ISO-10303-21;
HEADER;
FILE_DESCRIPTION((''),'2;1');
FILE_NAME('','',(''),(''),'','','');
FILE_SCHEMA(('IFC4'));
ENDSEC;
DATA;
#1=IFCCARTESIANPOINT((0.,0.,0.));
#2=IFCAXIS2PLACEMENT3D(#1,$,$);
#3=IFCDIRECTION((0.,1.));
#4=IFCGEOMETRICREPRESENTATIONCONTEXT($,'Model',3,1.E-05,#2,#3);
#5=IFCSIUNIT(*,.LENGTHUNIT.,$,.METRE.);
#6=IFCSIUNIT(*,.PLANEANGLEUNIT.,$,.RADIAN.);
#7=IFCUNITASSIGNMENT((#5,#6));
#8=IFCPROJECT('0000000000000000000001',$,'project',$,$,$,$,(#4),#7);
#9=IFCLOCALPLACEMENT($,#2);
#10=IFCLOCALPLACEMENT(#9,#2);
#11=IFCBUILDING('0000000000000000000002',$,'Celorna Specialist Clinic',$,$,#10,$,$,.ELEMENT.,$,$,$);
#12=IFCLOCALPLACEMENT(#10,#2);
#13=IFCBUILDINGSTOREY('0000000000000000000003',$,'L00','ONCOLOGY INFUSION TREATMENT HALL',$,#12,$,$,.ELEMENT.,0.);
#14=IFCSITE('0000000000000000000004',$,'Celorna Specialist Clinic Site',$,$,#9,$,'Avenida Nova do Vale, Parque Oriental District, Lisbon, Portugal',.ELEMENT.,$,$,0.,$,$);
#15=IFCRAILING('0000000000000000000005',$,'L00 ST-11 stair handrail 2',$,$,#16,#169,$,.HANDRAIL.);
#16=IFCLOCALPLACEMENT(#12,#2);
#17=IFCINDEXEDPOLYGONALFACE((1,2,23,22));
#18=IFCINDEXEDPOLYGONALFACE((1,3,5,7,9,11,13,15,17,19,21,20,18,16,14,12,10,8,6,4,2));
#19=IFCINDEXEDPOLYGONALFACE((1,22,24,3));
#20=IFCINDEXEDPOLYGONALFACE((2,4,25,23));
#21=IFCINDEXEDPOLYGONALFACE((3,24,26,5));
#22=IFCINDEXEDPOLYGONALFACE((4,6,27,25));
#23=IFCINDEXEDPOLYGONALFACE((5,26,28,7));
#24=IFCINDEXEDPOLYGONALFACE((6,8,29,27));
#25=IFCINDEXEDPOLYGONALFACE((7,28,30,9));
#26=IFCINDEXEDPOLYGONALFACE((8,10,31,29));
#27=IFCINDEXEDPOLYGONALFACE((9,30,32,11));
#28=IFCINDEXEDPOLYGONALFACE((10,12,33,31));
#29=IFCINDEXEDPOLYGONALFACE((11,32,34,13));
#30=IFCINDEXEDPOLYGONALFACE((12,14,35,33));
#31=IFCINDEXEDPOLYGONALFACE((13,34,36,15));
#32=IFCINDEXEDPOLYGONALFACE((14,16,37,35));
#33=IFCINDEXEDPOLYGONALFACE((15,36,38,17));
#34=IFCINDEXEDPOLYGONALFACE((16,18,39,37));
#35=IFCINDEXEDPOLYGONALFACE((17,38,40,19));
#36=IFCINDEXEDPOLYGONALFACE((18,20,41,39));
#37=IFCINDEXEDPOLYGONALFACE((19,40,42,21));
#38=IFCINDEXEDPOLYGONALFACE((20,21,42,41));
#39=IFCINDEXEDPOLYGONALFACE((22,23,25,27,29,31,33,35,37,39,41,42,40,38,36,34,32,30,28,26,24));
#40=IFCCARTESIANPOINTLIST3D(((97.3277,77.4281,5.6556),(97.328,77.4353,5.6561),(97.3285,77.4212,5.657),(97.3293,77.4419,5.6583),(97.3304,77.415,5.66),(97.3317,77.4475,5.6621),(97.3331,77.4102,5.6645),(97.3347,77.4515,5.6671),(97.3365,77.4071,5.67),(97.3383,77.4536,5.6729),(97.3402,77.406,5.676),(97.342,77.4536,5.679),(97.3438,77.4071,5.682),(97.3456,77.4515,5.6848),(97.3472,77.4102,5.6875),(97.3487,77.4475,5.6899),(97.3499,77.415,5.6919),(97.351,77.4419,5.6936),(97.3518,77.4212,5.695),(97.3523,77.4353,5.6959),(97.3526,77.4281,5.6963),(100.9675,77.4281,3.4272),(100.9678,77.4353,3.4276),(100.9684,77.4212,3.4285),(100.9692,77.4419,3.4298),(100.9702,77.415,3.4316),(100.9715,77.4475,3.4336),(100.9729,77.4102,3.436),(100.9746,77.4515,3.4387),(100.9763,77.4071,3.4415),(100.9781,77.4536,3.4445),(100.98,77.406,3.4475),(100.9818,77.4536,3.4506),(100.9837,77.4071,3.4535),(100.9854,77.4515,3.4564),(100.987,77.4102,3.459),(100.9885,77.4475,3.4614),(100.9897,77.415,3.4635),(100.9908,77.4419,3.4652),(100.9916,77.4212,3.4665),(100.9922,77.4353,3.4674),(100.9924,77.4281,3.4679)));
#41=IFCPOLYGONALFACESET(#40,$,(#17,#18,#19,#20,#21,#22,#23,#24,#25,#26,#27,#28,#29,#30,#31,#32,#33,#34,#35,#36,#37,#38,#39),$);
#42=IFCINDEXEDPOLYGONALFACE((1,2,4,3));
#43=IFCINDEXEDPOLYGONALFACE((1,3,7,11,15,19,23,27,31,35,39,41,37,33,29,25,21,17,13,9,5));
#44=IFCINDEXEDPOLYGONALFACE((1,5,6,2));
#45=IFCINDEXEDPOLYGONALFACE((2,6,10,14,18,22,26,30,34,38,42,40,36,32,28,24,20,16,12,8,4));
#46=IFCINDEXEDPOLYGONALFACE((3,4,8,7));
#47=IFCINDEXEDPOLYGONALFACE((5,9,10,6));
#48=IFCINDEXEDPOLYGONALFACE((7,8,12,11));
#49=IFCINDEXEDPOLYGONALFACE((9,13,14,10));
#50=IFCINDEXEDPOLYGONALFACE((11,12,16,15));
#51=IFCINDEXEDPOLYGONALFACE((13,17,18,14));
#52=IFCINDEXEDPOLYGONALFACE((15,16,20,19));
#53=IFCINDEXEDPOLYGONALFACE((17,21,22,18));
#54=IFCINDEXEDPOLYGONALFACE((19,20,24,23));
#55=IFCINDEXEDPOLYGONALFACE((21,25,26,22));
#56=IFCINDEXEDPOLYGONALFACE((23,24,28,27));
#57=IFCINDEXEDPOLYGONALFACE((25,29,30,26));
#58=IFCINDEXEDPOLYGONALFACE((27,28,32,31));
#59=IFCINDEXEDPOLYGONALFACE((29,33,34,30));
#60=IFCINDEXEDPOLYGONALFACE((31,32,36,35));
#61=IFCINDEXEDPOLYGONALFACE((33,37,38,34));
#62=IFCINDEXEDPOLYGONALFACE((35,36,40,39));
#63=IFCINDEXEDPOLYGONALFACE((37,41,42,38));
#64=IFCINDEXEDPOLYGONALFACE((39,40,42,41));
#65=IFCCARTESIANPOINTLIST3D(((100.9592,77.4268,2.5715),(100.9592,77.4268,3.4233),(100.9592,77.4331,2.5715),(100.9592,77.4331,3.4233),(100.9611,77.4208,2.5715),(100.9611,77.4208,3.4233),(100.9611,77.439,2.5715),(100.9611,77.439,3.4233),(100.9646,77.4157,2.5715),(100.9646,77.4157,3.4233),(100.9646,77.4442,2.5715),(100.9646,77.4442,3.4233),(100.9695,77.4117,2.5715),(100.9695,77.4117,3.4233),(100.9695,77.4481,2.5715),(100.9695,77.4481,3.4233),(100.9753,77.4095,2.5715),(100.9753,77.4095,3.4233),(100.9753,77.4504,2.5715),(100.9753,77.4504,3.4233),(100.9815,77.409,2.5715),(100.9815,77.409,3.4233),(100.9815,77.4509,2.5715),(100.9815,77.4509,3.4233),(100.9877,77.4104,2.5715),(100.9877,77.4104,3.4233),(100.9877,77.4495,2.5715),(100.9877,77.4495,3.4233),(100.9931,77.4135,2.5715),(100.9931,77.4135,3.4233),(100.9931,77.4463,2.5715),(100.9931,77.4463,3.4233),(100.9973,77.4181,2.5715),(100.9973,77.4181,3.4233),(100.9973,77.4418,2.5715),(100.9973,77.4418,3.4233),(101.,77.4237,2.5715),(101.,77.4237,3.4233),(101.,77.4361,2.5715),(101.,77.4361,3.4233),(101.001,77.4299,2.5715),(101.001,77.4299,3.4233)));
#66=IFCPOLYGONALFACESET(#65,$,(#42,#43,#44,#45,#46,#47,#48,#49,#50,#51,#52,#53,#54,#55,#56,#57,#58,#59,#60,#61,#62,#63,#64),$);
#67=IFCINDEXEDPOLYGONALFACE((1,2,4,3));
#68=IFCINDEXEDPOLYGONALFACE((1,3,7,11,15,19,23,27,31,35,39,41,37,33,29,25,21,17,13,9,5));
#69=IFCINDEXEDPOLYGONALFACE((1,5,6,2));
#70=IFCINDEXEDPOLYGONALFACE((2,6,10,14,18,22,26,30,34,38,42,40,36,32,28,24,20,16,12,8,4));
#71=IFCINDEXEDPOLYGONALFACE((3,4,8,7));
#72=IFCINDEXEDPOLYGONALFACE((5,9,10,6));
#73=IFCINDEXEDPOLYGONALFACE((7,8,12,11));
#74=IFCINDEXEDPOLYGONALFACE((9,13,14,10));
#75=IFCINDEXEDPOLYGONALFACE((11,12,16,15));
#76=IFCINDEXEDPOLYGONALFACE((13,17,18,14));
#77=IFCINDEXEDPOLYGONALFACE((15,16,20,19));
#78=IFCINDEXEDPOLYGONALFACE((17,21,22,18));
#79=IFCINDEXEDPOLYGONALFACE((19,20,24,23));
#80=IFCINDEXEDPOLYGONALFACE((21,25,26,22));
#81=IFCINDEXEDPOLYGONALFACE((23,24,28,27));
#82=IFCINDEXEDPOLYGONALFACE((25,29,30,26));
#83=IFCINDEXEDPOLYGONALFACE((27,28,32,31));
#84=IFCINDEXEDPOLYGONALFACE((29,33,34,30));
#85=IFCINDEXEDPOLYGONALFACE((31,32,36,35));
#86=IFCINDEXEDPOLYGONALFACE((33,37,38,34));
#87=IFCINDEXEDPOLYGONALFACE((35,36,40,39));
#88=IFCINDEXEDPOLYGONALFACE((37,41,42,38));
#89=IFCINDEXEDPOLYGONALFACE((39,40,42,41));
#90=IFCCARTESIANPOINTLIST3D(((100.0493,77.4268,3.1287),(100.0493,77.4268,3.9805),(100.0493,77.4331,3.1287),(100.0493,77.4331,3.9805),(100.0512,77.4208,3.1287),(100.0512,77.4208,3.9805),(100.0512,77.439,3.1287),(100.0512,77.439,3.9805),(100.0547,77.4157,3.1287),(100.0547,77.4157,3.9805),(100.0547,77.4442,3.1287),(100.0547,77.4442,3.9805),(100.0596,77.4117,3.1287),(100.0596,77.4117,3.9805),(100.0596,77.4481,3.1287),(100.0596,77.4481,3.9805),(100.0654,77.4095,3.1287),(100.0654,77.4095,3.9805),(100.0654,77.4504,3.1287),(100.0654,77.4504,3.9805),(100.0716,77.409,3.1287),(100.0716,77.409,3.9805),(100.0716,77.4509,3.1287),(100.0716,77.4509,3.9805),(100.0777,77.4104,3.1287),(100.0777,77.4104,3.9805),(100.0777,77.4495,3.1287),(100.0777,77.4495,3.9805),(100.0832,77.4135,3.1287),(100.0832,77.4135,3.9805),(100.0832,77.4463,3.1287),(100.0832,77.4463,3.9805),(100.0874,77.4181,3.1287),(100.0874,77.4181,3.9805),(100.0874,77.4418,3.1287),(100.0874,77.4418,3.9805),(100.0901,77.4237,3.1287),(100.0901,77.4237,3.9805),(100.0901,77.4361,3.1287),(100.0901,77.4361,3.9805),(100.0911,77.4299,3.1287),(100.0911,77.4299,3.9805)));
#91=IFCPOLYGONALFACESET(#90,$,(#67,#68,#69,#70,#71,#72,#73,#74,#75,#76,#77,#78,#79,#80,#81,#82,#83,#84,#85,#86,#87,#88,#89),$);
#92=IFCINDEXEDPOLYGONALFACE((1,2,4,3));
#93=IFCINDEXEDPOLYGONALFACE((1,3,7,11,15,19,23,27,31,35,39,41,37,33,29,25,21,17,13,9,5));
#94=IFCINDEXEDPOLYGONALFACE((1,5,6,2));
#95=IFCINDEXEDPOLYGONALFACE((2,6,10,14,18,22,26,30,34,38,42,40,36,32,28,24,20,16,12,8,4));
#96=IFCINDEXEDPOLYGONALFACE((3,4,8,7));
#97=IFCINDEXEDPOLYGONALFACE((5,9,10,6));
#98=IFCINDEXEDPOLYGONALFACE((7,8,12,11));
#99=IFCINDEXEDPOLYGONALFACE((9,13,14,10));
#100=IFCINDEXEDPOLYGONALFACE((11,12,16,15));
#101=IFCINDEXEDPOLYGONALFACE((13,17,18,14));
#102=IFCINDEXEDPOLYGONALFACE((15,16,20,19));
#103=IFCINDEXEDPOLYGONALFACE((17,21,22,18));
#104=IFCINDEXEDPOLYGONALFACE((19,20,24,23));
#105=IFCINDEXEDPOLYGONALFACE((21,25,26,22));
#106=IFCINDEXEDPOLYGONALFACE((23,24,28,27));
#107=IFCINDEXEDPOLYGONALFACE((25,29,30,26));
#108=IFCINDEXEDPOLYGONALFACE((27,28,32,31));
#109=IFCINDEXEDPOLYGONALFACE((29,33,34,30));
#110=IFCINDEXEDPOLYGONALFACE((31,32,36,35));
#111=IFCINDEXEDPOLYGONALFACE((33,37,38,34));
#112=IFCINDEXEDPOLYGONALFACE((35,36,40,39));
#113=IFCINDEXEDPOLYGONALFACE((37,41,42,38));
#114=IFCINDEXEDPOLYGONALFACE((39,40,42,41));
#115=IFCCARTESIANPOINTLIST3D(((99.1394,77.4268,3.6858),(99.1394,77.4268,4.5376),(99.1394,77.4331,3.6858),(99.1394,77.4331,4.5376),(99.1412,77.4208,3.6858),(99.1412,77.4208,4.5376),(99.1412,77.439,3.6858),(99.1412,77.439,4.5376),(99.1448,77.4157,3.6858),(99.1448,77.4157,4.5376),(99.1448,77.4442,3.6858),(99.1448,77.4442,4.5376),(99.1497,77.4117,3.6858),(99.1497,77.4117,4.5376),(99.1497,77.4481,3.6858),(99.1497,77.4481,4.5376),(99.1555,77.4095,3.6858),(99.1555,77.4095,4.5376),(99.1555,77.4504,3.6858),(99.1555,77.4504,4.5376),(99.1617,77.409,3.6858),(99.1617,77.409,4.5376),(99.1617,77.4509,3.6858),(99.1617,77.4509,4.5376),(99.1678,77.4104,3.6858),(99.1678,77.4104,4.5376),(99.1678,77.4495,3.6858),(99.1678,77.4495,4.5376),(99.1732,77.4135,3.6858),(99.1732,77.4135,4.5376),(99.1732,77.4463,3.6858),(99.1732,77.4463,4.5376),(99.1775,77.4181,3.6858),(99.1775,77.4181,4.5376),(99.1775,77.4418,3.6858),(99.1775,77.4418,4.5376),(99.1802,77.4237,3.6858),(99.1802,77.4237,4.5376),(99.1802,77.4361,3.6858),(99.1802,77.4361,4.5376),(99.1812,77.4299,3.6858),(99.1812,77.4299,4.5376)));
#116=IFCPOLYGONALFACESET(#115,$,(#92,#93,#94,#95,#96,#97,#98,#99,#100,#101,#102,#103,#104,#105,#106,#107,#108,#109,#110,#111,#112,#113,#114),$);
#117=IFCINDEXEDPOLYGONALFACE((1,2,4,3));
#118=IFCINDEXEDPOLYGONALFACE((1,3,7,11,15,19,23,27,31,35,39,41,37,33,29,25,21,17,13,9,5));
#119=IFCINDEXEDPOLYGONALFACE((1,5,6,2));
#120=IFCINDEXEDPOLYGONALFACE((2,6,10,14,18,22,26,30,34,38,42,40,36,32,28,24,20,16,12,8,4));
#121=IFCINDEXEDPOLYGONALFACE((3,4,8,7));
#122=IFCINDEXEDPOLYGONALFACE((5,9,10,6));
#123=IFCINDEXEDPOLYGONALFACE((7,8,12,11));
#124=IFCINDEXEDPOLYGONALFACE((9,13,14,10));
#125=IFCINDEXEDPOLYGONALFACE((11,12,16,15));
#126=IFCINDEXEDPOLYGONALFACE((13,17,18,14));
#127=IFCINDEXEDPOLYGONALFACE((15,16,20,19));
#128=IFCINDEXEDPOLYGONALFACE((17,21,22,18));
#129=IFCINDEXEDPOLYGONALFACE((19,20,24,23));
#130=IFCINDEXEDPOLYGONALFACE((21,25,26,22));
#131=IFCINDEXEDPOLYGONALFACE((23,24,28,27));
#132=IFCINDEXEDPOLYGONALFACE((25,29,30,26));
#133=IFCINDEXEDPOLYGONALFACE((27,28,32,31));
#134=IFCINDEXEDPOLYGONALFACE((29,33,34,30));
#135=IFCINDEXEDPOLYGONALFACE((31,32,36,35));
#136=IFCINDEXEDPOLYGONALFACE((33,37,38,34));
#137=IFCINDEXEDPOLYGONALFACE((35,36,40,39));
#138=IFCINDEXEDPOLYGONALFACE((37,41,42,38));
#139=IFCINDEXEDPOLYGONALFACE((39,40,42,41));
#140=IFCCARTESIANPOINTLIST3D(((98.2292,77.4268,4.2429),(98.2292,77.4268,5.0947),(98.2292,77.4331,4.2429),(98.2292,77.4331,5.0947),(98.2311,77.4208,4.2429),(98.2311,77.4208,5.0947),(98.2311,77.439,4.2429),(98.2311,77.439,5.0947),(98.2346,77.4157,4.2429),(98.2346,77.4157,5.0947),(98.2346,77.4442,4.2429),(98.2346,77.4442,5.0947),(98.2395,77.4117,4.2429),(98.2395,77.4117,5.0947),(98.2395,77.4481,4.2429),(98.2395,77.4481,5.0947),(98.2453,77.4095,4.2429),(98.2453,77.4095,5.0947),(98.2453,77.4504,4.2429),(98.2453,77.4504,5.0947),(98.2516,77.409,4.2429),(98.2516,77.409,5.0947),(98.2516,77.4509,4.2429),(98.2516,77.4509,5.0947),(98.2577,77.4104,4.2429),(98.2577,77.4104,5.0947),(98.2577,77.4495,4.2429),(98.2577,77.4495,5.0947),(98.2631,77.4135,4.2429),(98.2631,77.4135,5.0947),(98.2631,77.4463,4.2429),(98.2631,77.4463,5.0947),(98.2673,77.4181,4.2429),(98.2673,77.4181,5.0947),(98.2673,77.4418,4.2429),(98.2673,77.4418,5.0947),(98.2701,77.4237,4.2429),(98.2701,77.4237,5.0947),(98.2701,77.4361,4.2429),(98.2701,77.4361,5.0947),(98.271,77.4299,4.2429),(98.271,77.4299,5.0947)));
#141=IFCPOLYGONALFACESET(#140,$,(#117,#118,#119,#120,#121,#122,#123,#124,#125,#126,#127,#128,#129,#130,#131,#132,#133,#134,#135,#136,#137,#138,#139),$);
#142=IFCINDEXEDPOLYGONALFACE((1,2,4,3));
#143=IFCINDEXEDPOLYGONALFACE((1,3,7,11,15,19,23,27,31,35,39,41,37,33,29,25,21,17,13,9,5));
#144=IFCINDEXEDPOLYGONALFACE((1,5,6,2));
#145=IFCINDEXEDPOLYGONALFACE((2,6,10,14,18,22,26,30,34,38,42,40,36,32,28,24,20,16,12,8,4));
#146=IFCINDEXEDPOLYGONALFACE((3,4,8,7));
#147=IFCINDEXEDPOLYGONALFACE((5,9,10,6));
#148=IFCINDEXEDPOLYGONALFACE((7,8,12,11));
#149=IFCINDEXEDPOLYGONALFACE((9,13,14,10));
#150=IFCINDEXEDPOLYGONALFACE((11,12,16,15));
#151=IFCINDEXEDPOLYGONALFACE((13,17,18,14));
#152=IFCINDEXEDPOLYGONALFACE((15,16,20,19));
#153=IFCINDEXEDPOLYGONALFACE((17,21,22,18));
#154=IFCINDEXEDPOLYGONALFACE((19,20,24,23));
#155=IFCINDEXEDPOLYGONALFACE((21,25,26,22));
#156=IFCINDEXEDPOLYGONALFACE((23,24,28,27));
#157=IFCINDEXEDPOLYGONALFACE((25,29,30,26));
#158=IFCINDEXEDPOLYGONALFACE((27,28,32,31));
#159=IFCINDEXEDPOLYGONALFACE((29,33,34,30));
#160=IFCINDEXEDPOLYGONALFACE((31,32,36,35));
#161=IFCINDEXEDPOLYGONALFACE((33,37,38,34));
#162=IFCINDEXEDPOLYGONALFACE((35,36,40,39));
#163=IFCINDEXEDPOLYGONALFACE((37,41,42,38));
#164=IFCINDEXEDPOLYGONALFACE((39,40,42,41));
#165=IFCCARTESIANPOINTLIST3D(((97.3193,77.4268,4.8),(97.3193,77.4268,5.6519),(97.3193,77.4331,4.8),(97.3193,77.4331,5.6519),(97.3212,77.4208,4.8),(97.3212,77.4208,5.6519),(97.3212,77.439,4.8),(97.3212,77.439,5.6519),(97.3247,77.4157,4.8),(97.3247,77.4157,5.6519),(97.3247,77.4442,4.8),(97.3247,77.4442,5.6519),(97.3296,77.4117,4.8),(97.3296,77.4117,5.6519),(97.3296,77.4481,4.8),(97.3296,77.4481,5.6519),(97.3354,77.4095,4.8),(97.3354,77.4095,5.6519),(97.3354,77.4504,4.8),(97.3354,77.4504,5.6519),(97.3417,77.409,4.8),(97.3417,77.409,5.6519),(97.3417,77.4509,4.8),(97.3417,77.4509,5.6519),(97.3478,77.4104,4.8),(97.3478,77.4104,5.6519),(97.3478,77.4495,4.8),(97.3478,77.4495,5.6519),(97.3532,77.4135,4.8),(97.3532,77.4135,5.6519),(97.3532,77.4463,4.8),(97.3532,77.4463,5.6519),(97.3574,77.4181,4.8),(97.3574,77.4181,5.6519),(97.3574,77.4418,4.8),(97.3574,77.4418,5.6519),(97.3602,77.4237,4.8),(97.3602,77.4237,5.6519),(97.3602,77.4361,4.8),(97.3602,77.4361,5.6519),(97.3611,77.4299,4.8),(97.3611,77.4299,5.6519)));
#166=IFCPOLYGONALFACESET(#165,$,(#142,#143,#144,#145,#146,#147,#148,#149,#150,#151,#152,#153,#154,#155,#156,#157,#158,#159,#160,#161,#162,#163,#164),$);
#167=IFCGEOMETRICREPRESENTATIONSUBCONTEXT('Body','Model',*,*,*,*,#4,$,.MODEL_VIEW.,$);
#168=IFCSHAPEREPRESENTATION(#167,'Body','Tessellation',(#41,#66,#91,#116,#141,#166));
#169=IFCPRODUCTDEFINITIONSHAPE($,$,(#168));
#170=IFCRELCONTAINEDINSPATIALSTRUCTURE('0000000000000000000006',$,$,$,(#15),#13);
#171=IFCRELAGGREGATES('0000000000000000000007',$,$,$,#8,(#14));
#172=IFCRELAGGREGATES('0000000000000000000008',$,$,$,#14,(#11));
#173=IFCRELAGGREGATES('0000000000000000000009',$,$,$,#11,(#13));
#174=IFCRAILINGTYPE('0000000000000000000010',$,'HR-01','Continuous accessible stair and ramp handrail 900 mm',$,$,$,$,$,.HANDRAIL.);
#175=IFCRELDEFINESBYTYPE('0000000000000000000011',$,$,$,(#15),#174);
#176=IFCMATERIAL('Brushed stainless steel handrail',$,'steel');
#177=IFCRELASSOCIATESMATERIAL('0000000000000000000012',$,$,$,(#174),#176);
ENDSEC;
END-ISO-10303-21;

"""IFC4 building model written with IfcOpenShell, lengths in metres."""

from ifc_helpers import new_model, si_unit, direction, frame, origin, origin_2d, place, context, subcontext, project, spatial, circle, extrude, material, type_object, element, save


model = new_model("IFC4")

# Units and contexts
model_context = context("Model", 3, precision=1e-05, world=origin(), true_north=direction((0.0, 1.0)))
body_context = subcontext(model_context, "Body", "Model", "MODEL_VIEW")
ifc_project = project(units=[si_unit("LENGTHUNIT", "METRE"), si_unit("PLANEANGLEUNIT", "RADIAN")], contexts=[model_context])

# Site, building, storey
site_placement = place(None, origin())
site = spatial("IfcSite", under=ifc_project, at=site_placement, Name="Celorna Specialist Clinic Site", LongName="Avenida Nova do Vale, Parque Oriental District, Lisbon, Portugal", CompositionType="ELEMENT", RefElevation=0.0)
building_placement = place(site_placement, origin())
building = spatial("IfcBuilding", under=site, at=building_placement, Name="Celorna Specialist Clinic", CompositionType="ELEMENT")
storey_placement = place(building_placement, origin())
storey = spatial("IfcBuildingStorey", under=building, at=storey_placement, Name="L00", Description="ONCOLOGY INFUSION TREATMENT HALL", CompositionType="ELEMENT", Elevation=0.0)

# Railing
ifc_material_1 = material(Name="Brushed stainless steel handrail", Category="steel")
railing_type_1 = type_object("IfcRailingType", Name="HR-01", Description="Continuous accessible stair and ramp handrail 900 mm", PredefinedType="HANDRAIL", material=ifc_material_1)
railing_1_placement = place(storey_placement, frame((100.98, 77.4299, 2.5715)))
element("IfcRailing", 1, at=railing_1_placement, inside=storey, type_object=railing_type_1, Name="L00 ST-11 stair handrail 2", PredefinedType="HANDRAIL", context=body_context, shape_type="SweptSolid", body=[
    extrude(circle(Radius=0.0239, at=origin_2d()), frame((0.0, 0.0, 0.876), z_axis=(-0.85285, 0.0, 0.522156), x_axis=(0.0, -1.0, 0.0)), (0.0, 0.0, 1.0), 4.2678),
    extrude(circle(Radius=0.021, at=origin_2d()), origin(), (0.0, 0.0, 1.0), 0.8518),
    extrude(circle(Radius=0.021, at=origin_2d()), frame((-0.9099, 0.0, 0.5571)), (0.0, 0.0, 1.0), 0.8518),
    extrude(circle(Radius=0.021, at=origin_2d()), frame((-1.8198, 0.0, 1.1143)), (0.0, 0.0, 1.0), 0.8518),
    extrude(circle(Radius=0.021, at=origin_2d()), frame((-2.73, 0.0, 1.6714)), (0.0, 0.0, 1.0), 0.8518),
    extrude(circle(Radius=0.021, at=origin_2d()), frame((-3.6399, 0.0, 2.2285)), (0.0, 0.0, 1.0), 0.8518),
])

save(model, "model.ifc")
